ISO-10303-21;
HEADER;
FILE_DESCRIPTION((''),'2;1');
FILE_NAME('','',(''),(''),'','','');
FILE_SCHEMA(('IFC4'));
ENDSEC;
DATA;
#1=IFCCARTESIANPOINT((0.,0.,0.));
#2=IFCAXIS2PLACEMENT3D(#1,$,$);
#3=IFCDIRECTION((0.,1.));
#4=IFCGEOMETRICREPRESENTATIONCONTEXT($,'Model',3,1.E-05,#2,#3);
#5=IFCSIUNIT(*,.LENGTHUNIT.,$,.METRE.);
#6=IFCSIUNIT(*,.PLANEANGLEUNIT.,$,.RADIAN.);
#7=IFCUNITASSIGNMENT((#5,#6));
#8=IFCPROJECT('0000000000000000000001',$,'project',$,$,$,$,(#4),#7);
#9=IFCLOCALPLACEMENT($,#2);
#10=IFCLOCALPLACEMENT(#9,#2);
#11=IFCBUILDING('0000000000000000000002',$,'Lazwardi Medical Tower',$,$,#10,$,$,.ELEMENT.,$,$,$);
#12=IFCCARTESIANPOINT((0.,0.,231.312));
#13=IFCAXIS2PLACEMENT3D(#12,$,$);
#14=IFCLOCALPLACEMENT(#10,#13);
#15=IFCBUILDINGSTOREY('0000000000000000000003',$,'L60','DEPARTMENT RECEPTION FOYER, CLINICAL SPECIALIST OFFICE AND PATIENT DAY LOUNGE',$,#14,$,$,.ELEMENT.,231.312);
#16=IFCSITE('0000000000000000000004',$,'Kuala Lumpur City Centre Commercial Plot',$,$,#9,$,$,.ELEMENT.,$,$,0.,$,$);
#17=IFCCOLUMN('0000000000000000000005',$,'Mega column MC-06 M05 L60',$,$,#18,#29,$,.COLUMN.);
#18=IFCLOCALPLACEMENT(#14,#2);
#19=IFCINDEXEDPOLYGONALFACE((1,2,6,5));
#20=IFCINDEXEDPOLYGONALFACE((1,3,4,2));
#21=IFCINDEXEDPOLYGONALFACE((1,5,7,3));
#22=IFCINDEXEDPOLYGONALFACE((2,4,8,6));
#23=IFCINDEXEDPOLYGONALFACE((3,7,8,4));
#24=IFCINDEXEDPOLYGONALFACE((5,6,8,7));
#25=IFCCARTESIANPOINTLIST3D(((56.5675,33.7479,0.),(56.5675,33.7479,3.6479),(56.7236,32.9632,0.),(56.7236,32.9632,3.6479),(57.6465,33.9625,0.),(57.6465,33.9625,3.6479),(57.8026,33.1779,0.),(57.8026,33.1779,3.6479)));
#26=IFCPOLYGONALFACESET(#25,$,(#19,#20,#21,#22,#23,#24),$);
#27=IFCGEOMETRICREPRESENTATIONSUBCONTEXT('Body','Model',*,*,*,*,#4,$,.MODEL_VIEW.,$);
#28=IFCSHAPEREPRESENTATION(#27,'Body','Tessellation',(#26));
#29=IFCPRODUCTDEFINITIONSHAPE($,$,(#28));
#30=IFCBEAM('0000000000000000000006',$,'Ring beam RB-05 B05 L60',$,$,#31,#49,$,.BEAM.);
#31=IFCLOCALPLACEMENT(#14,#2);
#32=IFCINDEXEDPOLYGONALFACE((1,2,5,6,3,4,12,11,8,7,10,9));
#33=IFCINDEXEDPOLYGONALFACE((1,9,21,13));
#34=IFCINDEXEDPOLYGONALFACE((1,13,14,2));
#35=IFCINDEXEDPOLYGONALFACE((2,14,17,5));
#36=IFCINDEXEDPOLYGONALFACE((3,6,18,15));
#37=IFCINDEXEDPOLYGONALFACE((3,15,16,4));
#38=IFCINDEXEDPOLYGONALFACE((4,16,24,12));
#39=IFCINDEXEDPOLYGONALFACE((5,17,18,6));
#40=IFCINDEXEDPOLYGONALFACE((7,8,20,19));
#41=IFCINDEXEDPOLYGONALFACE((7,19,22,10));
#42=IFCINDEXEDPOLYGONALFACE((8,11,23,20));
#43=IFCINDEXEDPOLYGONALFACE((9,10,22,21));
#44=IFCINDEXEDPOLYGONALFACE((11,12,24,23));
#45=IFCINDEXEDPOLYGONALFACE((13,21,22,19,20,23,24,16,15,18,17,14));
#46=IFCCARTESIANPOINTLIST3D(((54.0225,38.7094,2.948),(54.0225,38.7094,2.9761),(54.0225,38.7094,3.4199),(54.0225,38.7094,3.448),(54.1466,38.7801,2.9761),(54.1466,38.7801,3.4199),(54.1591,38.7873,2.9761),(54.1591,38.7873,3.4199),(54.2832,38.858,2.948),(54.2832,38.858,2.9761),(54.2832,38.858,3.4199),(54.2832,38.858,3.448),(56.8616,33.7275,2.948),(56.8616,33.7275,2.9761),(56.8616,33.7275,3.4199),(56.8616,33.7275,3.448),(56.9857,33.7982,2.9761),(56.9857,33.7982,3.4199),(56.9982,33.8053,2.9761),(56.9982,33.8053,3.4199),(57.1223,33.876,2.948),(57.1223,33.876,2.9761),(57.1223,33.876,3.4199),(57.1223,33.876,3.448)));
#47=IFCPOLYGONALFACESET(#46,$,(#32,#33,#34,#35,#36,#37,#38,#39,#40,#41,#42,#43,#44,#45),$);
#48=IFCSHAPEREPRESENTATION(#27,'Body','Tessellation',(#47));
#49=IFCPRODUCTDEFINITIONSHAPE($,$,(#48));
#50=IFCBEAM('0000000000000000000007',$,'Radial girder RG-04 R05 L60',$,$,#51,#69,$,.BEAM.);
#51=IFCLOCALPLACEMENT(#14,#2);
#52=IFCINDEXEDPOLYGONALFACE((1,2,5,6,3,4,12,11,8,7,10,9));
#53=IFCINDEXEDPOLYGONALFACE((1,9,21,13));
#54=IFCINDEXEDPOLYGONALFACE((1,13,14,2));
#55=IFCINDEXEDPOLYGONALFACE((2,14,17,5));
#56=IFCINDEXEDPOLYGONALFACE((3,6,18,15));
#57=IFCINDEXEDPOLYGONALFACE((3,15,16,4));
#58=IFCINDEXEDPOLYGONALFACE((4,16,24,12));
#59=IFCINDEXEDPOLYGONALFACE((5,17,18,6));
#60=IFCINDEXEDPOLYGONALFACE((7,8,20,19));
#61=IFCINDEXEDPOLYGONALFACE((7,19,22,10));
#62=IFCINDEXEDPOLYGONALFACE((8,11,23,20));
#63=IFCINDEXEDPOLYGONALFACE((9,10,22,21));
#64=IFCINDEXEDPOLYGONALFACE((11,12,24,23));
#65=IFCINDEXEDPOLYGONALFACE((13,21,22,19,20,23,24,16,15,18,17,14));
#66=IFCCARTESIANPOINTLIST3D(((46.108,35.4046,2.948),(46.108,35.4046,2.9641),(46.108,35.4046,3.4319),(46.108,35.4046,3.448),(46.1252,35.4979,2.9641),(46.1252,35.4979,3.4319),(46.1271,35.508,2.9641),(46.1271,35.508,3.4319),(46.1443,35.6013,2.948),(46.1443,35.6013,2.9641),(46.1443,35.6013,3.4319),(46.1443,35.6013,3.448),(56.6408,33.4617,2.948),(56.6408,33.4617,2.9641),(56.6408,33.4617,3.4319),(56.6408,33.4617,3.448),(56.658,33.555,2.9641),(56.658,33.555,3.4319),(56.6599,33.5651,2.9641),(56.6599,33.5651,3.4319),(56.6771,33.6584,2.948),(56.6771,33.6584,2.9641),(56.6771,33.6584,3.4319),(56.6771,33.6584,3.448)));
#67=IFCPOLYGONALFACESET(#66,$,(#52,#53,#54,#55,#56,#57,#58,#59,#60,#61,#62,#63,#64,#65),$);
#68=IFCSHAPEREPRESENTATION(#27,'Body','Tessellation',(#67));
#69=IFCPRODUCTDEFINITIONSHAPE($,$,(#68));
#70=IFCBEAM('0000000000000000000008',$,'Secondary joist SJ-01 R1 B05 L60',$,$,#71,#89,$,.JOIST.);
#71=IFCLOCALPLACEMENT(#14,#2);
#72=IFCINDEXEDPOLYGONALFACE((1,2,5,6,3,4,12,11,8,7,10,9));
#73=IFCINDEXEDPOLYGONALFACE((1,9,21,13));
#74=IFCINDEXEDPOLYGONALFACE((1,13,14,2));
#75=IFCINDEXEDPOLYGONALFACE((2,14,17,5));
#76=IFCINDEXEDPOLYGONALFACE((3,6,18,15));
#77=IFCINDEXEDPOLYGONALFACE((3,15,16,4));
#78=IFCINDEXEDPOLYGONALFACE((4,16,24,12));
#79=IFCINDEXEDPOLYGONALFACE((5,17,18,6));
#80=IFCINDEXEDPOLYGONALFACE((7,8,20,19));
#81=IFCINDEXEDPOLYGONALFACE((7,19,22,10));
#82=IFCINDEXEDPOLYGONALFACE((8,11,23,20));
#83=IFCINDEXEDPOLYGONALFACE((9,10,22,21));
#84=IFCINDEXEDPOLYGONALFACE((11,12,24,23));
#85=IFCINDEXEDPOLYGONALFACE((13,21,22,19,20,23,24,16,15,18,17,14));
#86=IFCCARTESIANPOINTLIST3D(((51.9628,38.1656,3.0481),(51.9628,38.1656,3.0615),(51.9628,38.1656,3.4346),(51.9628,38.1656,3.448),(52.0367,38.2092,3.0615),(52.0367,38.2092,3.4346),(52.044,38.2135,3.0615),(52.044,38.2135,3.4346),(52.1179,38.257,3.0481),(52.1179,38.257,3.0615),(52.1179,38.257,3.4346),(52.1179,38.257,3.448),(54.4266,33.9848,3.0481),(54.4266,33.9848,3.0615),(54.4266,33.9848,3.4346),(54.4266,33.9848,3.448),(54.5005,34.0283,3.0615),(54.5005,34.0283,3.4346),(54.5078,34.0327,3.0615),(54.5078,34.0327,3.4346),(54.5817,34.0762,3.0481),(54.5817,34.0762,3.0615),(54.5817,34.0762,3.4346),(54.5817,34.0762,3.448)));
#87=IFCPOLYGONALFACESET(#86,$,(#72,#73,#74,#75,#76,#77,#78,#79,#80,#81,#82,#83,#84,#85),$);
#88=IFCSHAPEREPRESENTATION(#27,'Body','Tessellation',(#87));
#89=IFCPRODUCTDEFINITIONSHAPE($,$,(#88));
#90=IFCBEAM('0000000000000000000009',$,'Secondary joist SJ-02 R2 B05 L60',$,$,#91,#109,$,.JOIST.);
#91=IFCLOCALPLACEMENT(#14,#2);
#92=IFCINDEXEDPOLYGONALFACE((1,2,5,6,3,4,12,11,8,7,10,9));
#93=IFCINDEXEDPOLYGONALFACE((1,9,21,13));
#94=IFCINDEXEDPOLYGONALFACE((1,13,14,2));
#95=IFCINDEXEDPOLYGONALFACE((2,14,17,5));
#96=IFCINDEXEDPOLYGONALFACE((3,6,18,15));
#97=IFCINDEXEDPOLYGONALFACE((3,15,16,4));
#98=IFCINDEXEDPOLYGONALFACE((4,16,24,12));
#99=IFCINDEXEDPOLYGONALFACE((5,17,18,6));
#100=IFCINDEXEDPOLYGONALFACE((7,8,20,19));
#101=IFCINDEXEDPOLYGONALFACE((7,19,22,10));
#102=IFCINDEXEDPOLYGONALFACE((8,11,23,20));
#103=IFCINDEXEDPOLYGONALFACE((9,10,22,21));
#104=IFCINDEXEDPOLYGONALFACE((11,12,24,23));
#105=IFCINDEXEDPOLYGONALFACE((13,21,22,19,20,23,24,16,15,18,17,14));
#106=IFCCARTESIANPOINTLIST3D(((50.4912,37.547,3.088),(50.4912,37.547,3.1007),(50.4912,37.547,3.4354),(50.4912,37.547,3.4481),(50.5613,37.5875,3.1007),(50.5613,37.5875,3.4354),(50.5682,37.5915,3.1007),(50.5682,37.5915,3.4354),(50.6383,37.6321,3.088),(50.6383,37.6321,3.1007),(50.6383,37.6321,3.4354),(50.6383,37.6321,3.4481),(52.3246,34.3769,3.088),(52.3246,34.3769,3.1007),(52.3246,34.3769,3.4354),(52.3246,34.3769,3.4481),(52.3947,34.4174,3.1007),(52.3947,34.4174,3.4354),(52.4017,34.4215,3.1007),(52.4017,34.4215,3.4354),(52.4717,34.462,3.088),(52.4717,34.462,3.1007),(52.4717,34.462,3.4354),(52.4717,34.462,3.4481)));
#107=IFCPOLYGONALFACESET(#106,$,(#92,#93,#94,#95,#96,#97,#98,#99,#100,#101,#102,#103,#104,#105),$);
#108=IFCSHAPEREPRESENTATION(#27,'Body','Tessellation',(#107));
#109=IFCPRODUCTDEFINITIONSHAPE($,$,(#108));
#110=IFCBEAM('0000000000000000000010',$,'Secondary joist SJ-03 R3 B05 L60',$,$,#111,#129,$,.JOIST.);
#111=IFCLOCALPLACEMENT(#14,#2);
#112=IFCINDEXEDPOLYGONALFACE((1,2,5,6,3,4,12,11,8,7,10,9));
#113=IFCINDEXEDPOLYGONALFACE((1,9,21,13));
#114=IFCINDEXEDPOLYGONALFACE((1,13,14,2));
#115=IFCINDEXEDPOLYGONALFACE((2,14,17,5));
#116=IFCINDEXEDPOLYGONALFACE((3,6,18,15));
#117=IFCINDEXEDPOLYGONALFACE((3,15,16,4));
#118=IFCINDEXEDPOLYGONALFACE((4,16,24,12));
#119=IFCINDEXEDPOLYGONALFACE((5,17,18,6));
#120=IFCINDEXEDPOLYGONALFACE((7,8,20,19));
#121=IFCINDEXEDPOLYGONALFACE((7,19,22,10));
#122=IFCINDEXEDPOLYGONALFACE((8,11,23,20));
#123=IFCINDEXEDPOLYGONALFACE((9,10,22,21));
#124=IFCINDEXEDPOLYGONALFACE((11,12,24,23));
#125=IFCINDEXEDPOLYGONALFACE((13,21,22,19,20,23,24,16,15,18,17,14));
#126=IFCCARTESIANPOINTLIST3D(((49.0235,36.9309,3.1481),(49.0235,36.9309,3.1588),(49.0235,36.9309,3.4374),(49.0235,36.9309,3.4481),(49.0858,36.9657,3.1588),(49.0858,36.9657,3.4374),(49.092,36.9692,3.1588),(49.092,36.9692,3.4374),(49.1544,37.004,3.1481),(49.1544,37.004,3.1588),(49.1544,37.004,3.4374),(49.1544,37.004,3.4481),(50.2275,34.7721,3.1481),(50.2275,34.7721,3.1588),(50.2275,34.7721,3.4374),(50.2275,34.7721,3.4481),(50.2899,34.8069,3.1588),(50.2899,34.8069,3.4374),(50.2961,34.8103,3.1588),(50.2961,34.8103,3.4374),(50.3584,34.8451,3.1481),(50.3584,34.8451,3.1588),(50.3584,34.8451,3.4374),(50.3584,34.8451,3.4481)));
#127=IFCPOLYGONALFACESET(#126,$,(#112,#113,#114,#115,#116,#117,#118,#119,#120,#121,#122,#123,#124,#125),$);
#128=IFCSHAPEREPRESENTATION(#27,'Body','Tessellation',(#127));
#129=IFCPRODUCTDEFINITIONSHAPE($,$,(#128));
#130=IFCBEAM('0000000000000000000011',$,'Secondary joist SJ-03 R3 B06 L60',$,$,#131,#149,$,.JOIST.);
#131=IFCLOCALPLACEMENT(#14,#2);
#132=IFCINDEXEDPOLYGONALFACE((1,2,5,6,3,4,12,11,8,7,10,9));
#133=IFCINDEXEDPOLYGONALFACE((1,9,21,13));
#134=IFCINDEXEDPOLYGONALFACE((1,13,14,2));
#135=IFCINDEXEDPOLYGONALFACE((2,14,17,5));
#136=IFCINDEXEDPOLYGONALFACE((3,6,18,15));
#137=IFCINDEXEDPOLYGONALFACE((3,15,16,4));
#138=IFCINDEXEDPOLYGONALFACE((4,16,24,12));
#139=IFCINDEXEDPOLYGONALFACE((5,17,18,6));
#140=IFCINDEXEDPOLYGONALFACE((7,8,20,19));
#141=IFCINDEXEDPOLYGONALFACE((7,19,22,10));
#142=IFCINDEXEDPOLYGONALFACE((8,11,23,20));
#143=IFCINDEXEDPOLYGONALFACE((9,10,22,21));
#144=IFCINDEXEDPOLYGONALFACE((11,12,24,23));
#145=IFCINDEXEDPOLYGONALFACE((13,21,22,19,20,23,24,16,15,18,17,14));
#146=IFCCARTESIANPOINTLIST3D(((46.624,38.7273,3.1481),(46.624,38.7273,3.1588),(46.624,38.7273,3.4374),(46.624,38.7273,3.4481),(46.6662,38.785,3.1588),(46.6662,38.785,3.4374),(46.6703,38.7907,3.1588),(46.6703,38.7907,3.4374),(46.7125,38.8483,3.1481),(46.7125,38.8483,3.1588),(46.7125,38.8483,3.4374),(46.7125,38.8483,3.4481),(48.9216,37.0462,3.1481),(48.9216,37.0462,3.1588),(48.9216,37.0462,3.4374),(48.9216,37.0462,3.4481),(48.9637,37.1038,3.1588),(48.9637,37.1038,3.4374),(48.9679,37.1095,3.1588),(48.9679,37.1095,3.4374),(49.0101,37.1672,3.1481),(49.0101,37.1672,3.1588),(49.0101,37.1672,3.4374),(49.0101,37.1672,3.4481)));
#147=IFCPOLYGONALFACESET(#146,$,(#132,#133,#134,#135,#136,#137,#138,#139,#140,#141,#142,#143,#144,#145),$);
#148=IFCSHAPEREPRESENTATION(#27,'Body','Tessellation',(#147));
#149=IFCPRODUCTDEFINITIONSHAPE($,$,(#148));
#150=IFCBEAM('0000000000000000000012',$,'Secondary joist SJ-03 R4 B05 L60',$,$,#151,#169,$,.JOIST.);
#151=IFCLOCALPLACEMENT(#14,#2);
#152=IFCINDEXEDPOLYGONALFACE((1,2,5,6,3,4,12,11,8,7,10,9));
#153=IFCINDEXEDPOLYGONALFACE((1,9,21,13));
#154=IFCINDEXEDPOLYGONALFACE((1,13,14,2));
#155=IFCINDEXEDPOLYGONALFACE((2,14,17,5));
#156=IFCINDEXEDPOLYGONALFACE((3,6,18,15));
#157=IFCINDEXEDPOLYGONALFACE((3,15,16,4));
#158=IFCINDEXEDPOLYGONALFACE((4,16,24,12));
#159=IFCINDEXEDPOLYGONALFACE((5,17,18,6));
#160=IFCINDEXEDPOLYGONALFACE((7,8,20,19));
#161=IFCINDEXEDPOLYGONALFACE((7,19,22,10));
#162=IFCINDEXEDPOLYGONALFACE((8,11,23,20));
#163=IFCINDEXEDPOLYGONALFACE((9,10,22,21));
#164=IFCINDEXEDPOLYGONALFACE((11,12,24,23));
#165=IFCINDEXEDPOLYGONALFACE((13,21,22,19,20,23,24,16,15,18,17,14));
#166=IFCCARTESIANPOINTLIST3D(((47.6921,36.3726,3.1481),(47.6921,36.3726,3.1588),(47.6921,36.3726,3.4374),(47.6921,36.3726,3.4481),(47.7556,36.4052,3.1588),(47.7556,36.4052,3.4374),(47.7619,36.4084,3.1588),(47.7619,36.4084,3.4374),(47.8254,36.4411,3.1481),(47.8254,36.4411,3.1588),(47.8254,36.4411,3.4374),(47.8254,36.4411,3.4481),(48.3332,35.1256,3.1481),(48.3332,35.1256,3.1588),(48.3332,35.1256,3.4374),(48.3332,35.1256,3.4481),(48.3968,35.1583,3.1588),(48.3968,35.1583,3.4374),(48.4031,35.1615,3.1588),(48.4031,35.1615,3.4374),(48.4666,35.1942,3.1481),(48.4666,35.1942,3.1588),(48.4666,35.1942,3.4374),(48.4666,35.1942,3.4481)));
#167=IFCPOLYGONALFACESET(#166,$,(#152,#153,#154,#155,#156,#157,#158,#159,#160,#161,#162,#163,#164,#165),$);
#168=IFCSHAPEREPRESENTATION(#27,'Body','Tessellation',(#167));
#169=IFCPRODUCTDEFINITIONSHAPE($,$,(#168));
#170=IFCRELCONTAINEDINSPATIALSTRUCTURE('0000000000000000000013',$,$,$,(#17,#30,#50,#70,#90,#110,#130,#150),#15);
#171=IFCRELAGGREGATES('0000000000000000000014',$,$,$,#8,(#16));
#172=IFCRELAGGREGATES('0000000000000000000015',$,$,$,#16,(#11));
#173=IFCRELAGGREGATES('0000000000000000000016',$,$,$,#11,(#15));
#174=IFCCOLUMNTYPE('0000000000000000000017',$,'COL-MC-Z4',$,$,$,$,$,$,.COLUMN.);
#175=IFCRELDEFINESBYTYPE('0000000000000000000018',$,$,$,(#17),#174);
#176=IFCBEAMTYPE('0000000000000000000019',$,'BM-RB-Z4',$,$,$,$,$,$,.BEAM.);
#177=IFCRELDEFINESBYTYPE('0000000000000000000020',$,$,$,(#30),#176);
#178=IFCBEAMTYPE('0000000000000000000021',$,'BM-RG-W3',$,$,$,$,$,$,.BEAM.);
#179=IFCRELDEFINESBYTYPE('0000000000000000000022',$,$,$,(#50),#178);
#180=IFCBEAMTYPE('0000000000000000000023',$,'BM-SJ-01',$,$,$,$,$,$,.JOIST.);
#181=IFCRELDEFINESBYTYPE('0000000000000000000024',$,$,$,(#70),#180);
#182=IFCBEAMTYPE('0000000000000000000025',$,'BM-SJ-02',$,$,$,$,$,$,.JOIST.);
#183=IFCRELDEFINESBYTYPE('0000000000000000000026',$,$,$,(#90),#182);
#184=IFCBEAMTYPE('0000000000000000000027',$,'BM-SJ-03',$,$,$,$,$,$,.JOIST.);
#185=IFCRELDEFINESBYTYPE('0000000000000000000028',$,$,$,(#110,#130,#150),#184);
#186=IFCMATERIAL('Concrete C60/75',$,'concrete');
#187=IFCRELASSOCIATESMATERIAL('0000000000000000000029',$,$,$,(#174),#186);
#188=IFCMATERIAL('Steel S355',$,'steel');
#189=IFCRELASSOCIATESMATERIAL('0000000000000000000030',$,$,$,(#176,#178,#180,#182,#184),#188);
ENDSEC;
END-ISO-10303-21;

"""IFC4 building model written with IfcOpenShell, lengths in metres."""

from ifc_helpers import new_model, si_unit, direction, frame, origin, origin_2d, place, context, subcontext, project, spatial, rectangle, i_section, extrude, material, material_profile, profile_set, type_object, element, save


model = new_model("IFC4")

# Units and contexts
model_context = context("Model", 3, precision=1e-05, world=origin(), true_north=direction((0.0, 1.0)))
body_context = subcontext(model_context, "Body", "Model", "MODEL_VIEW")
ifc_project = project(units=[si_unit("LENGTHUNIT", "METRE"), si_unit("PLANEANGLEUNIT", "RADIAN")], contexts=[model_context])

# Site, building, storey
site_placement = place(None, origin())
site = spatial("IfcSite", under=ifc_project, at=site_placement, Name="Kuala Lumpur City Centre Commercial Plot", CompositionType="ELEMENT", RefElevation=0.0)
building_placement = place(site_placement, origin())
building = spatial("IfcBuilding", under=site, at=building_placement, Name="Lazwardi Medical Tower", CompositionType="ELEMENT")
storey_placement = place(building_placement, frame((0.0, 0.0, 231.312)))
storey = spatial("IfcBuildingStorey", under=building, at=storey_placement, Name="L60", Description="DEPARTMENT RECEPTION FOYER, CLINICAL SPECIALIST OFFICE AND PATIENT DAY LOUNGE", CompositionType="ELEMENT", Elevation=231.312)

# Column
ifc_material_1 = material(Name="Concrete C60/75", Category="concrete")
ifc_material_profile_1 = material_profile(ifc_material_1, rectangle(XDim=1.1001, YDim=0.8, at=origin_2d()), Name="CFT-RECT 1100x800")
ifc_profile_set_1 = profile_set([ifc_material_profile_1], Name="Concrete C60/75")
column_type = type_object("IfcColumnType", Name="COL-MC-Z4", PredefinedType="COLUMN", material=ifc_profile_set_1)
column_placement = place(storey_placement, frame((57.1851, 33.4629, 0.0), z_axis=(0.0, 0.0, 1.0), x_axis=(0.980785, 0.19509, 0.0)))
element("IfcColumn", 1, at=column_placement, inside=storey, type_object=column_type, Name="Mega column MC-06 M05 L60", PredefinedType="COLUMN", context=body_context, shape_type="SweptSolid", body=[
    extrude(rectangle(XDim=1.1001, YDim=0.8, at=origin_2d()), origin(), (0.0, 0.0, 1.0), 3.6479),
])

# Beams
ifc_material_2 = material(Name="Steel S355", Category="steel")
ifc_material_profile_2 = material_profile(ifc_material_2, i_section(OverallWidth=0.3, OverallDepth=0.5, WebThickness=0.0144, FlangeThickness=0.0281, at=origin_2d()), Name="HEB 500")
ifc_profile_set_2 = profile_set([ifc_material_profile_2], Name="Steel S355")
beam_type_1 = type_object("IfcBeamType", Name="BM-RB-Z4", PredefinedType="BEAM", material=ifc_profile_set_2)
beam_1_placement = place(storey_placement, frame((56.9919, 33.8018, 3.198), z_axis=(-0.495125, 0.868822, 0.0), x_axis=(-0.868822, -0.495125, 0.0)))
element("IfcBeam", 2, at=beam_1_placement, inside=storey, type_object=beam_type_1, Name="Ring beam RB-05 B05 L60", PredefinedType="BEAM", context=body_context, shape_type="SweptSolid", body=[
    extrude(i_section(OverallWidth=0.3, OverallDepth=0.5, WebThickness=0.0144, FlangeThickness=0.0281, at=origin_2d()), origin(), (0.0, 0.0, 1.0), 5.7341),
])
ifc_material_profile_3 = material_profile(ifc_material_2, i_section(OverallWidth=0.2, OverallDepth=0.5, WebThickness=0.0103, FlangeThickness=0.0161, at=origin_2d()), Name="IPE 500")
ifc_profile_set_3 = profile_set([ifc_material_profile_3], Name="Steel S355")
beam_type_2 = type_object("IfcBeamType", Name="BM-RG-W3", PredefinedType="BEAM", material=ifc_profile_set_3)
beam_2_placement = place(storey_placement, frame((56.6589, 33.5601, 3.198), z_axis=(-0.983409, 0.1814, 0.0), x_axis=(-0.1814, -0.983409, 0.0)))
element("IfcBeam", 3, at=beam_2_placement, inside=storey, type_object=beam_type_2, Name="Radial girder RG-04 R05 L60", PredefinedType="BEAM", context=body_context, shape_type="SweptSolid", body=[
    extrude(i_section(OverallWidth=0.2, OverallDepth=0.5, WebThickness=0.0103, FlangeThickness=0.0161, at=origin_2d()), origin(), (0.0, 0.0, 1.0), 10.7104),
])
ifc_material_profile_4 = material_profile(ifc_material_2, i_section(OverallWidth=0.1799, OverallDepth=0.3999, WebThickness=0.0085, FlangeThickness=0.0134, at=origin_2d()), Name="IPE 400")
ifc_profile_set_4 = profile_set([ifc_material_profile_4], Name="Steel S355")
beam_type_3 = type_object("IfcBeamType", Name="BM-SJ-01", PredefinedType="JOIST", material=ifc_profile_set_4)
beam_3_placement = place(storey_placement, frame((54.5042, 34.0305, 3.248), z_axis=(-0.50771, 0.861528, 0.0), x_axis=(-0.861528, -0.50771, 0.0)))
element("IfcBeam", 4, at=beam_3_placement, inside=storey, type_object=beam_type_3, Name="Secondary joist SJ-01 R1 B05 L60", PredefinedType="JOIST", context=body_context, shape_type="SweptSolid", body=[
    extrude(i_section(OverallWidth=0.1799, OverallDepth=0.3999, WebThickness=0.0085, FlangeThickness=0.0134, at=origin_2d()), origin(), (0.0, 0.0, 1.0), 4.8528),
])
ifc_material_profile_5 = material_profile(ifc_material_2, i_section(OverallWidth=0.1699, OverallDepth=0.3601, WebThickness=0.0081, FlangeThickness=0.0127, at=origin_2d()), Name="IPE 360")
ifc_profile_set_5 = profile_set([ifc_material_profile_5], Name="Steel S355")
beam_type_4 = type_object("IfcBeamType", Name="BM-SJ-02", PredefinedType="JOIST", material=ifc_profile_set_5)
beam_4_placement = place(storey_placement, frame((52.3982, 34.4194, 3.2681), z_axis=(-0.500655, 0.865647, 0.0), x_axis=(-0.865647, -0.500655, 0.0)))
element("IfcBeam", 5, at=beam_4_placement, inside=storey, type_object=beam_type_4, Name="Secondary joist SJ-02 R2 B05 L60", PredefinedType="JOIST", context=body_context, shape_type="SweptSolid", body=[
    extrude(i_section(OverallWidth=0.1699, OverallDepth=0.3601, WebThickness=0.0081, FlangeThickness=0.0127, at=origin_2d()), origin(), (0.0, 0.0, 1.0), 3.6621),
])
ifc_material_profile_6 = material_profile(ifc_material_2, i_section(OverallWidth=0.1499, OverallDepth=0.3, WebThickness=0.0071, FlangeThickness=0.0107, at=origin_2d()), Name="IPE 300")
ifc_profile_set_6 = profile_set([ifc_material_profile_6], Name="Steel S355")
beam_type_5 = type_object("IfcBeamType", Name="BM-SJ-03", PredefinedType="JOIST", material=ifc_profile_set_6)
beam_5_placement = place(storey_placement, frame((50.293, 34.8086, 3.2981), z_axis=(-0.487093, 0.87335, 0.0), x_axis=(-0.87335, -0.487093, 0.0)))
element("IfcBeam", 6, at=beam_5_placement, inside=storey, type_object=beam_type_5, Name="Secondary joist SJ-03 R3 B05 L60", PredefinedType="JOIST", context=body_context, shape_type="SweptSolid", body=[
    extrude(i_section(OverallWidth=0.1499, OverallDepth=0.3, WebThickness=0.0071, FlangeThickness=0.0107, at=origin_2d()), origin(), (0.0, 0.0, 1.0), 2.4719),
])
beam_6_placement = place(storey_placement, frame((48.9658, 37.1067, 3.2981), z_axis=(-0.807034, 0.590505, 0.0), x_axis=(-0.590505, -0.807034, 0.0)))
element("IfcBeam", 7, at=beam_6_placement, inside=storey, type_object=beam_type_5, Name="Secondary joist SJ-03 R3 B06 L60", PredefinedType="JOIST", context=body_context, shape_type="SweptSolid", body=[
    extrude(i_section(OverallWidth=0.1499, OverallDepth=0.3, WebThickness=0.0071, FlangeThickness=0.0107, at=origin_2d()), origin(), (0.0, 0.0, 1.0), 2.8469),
])
beam_7_placement = place(storey_placement, frame((48.3999, 35.1599, 3.2981), z_axis=(-0.457285, 0.88932, 0.0), x_axis=(-0.88932, -0.457285, 0.0)))
element("IfcBeam", 8, at=beam_7_placement, inside=storey, type_object=beam_type_5, Name="Secondary joist SJ-03 R4 B05 L60", PredefinedType="JOIST", context=body_context, shape_type="SweptSolid", body=[
    extrude(i_section(OverallWidth=0.1499, OverallDepth=0.3, WebThickness=0.0071, FlangeThickness=0.0107, at=origin_2d()), origin(), (0.0, 0.0, 1.0), 1.4021),
])

save(model, "model.ifc")
